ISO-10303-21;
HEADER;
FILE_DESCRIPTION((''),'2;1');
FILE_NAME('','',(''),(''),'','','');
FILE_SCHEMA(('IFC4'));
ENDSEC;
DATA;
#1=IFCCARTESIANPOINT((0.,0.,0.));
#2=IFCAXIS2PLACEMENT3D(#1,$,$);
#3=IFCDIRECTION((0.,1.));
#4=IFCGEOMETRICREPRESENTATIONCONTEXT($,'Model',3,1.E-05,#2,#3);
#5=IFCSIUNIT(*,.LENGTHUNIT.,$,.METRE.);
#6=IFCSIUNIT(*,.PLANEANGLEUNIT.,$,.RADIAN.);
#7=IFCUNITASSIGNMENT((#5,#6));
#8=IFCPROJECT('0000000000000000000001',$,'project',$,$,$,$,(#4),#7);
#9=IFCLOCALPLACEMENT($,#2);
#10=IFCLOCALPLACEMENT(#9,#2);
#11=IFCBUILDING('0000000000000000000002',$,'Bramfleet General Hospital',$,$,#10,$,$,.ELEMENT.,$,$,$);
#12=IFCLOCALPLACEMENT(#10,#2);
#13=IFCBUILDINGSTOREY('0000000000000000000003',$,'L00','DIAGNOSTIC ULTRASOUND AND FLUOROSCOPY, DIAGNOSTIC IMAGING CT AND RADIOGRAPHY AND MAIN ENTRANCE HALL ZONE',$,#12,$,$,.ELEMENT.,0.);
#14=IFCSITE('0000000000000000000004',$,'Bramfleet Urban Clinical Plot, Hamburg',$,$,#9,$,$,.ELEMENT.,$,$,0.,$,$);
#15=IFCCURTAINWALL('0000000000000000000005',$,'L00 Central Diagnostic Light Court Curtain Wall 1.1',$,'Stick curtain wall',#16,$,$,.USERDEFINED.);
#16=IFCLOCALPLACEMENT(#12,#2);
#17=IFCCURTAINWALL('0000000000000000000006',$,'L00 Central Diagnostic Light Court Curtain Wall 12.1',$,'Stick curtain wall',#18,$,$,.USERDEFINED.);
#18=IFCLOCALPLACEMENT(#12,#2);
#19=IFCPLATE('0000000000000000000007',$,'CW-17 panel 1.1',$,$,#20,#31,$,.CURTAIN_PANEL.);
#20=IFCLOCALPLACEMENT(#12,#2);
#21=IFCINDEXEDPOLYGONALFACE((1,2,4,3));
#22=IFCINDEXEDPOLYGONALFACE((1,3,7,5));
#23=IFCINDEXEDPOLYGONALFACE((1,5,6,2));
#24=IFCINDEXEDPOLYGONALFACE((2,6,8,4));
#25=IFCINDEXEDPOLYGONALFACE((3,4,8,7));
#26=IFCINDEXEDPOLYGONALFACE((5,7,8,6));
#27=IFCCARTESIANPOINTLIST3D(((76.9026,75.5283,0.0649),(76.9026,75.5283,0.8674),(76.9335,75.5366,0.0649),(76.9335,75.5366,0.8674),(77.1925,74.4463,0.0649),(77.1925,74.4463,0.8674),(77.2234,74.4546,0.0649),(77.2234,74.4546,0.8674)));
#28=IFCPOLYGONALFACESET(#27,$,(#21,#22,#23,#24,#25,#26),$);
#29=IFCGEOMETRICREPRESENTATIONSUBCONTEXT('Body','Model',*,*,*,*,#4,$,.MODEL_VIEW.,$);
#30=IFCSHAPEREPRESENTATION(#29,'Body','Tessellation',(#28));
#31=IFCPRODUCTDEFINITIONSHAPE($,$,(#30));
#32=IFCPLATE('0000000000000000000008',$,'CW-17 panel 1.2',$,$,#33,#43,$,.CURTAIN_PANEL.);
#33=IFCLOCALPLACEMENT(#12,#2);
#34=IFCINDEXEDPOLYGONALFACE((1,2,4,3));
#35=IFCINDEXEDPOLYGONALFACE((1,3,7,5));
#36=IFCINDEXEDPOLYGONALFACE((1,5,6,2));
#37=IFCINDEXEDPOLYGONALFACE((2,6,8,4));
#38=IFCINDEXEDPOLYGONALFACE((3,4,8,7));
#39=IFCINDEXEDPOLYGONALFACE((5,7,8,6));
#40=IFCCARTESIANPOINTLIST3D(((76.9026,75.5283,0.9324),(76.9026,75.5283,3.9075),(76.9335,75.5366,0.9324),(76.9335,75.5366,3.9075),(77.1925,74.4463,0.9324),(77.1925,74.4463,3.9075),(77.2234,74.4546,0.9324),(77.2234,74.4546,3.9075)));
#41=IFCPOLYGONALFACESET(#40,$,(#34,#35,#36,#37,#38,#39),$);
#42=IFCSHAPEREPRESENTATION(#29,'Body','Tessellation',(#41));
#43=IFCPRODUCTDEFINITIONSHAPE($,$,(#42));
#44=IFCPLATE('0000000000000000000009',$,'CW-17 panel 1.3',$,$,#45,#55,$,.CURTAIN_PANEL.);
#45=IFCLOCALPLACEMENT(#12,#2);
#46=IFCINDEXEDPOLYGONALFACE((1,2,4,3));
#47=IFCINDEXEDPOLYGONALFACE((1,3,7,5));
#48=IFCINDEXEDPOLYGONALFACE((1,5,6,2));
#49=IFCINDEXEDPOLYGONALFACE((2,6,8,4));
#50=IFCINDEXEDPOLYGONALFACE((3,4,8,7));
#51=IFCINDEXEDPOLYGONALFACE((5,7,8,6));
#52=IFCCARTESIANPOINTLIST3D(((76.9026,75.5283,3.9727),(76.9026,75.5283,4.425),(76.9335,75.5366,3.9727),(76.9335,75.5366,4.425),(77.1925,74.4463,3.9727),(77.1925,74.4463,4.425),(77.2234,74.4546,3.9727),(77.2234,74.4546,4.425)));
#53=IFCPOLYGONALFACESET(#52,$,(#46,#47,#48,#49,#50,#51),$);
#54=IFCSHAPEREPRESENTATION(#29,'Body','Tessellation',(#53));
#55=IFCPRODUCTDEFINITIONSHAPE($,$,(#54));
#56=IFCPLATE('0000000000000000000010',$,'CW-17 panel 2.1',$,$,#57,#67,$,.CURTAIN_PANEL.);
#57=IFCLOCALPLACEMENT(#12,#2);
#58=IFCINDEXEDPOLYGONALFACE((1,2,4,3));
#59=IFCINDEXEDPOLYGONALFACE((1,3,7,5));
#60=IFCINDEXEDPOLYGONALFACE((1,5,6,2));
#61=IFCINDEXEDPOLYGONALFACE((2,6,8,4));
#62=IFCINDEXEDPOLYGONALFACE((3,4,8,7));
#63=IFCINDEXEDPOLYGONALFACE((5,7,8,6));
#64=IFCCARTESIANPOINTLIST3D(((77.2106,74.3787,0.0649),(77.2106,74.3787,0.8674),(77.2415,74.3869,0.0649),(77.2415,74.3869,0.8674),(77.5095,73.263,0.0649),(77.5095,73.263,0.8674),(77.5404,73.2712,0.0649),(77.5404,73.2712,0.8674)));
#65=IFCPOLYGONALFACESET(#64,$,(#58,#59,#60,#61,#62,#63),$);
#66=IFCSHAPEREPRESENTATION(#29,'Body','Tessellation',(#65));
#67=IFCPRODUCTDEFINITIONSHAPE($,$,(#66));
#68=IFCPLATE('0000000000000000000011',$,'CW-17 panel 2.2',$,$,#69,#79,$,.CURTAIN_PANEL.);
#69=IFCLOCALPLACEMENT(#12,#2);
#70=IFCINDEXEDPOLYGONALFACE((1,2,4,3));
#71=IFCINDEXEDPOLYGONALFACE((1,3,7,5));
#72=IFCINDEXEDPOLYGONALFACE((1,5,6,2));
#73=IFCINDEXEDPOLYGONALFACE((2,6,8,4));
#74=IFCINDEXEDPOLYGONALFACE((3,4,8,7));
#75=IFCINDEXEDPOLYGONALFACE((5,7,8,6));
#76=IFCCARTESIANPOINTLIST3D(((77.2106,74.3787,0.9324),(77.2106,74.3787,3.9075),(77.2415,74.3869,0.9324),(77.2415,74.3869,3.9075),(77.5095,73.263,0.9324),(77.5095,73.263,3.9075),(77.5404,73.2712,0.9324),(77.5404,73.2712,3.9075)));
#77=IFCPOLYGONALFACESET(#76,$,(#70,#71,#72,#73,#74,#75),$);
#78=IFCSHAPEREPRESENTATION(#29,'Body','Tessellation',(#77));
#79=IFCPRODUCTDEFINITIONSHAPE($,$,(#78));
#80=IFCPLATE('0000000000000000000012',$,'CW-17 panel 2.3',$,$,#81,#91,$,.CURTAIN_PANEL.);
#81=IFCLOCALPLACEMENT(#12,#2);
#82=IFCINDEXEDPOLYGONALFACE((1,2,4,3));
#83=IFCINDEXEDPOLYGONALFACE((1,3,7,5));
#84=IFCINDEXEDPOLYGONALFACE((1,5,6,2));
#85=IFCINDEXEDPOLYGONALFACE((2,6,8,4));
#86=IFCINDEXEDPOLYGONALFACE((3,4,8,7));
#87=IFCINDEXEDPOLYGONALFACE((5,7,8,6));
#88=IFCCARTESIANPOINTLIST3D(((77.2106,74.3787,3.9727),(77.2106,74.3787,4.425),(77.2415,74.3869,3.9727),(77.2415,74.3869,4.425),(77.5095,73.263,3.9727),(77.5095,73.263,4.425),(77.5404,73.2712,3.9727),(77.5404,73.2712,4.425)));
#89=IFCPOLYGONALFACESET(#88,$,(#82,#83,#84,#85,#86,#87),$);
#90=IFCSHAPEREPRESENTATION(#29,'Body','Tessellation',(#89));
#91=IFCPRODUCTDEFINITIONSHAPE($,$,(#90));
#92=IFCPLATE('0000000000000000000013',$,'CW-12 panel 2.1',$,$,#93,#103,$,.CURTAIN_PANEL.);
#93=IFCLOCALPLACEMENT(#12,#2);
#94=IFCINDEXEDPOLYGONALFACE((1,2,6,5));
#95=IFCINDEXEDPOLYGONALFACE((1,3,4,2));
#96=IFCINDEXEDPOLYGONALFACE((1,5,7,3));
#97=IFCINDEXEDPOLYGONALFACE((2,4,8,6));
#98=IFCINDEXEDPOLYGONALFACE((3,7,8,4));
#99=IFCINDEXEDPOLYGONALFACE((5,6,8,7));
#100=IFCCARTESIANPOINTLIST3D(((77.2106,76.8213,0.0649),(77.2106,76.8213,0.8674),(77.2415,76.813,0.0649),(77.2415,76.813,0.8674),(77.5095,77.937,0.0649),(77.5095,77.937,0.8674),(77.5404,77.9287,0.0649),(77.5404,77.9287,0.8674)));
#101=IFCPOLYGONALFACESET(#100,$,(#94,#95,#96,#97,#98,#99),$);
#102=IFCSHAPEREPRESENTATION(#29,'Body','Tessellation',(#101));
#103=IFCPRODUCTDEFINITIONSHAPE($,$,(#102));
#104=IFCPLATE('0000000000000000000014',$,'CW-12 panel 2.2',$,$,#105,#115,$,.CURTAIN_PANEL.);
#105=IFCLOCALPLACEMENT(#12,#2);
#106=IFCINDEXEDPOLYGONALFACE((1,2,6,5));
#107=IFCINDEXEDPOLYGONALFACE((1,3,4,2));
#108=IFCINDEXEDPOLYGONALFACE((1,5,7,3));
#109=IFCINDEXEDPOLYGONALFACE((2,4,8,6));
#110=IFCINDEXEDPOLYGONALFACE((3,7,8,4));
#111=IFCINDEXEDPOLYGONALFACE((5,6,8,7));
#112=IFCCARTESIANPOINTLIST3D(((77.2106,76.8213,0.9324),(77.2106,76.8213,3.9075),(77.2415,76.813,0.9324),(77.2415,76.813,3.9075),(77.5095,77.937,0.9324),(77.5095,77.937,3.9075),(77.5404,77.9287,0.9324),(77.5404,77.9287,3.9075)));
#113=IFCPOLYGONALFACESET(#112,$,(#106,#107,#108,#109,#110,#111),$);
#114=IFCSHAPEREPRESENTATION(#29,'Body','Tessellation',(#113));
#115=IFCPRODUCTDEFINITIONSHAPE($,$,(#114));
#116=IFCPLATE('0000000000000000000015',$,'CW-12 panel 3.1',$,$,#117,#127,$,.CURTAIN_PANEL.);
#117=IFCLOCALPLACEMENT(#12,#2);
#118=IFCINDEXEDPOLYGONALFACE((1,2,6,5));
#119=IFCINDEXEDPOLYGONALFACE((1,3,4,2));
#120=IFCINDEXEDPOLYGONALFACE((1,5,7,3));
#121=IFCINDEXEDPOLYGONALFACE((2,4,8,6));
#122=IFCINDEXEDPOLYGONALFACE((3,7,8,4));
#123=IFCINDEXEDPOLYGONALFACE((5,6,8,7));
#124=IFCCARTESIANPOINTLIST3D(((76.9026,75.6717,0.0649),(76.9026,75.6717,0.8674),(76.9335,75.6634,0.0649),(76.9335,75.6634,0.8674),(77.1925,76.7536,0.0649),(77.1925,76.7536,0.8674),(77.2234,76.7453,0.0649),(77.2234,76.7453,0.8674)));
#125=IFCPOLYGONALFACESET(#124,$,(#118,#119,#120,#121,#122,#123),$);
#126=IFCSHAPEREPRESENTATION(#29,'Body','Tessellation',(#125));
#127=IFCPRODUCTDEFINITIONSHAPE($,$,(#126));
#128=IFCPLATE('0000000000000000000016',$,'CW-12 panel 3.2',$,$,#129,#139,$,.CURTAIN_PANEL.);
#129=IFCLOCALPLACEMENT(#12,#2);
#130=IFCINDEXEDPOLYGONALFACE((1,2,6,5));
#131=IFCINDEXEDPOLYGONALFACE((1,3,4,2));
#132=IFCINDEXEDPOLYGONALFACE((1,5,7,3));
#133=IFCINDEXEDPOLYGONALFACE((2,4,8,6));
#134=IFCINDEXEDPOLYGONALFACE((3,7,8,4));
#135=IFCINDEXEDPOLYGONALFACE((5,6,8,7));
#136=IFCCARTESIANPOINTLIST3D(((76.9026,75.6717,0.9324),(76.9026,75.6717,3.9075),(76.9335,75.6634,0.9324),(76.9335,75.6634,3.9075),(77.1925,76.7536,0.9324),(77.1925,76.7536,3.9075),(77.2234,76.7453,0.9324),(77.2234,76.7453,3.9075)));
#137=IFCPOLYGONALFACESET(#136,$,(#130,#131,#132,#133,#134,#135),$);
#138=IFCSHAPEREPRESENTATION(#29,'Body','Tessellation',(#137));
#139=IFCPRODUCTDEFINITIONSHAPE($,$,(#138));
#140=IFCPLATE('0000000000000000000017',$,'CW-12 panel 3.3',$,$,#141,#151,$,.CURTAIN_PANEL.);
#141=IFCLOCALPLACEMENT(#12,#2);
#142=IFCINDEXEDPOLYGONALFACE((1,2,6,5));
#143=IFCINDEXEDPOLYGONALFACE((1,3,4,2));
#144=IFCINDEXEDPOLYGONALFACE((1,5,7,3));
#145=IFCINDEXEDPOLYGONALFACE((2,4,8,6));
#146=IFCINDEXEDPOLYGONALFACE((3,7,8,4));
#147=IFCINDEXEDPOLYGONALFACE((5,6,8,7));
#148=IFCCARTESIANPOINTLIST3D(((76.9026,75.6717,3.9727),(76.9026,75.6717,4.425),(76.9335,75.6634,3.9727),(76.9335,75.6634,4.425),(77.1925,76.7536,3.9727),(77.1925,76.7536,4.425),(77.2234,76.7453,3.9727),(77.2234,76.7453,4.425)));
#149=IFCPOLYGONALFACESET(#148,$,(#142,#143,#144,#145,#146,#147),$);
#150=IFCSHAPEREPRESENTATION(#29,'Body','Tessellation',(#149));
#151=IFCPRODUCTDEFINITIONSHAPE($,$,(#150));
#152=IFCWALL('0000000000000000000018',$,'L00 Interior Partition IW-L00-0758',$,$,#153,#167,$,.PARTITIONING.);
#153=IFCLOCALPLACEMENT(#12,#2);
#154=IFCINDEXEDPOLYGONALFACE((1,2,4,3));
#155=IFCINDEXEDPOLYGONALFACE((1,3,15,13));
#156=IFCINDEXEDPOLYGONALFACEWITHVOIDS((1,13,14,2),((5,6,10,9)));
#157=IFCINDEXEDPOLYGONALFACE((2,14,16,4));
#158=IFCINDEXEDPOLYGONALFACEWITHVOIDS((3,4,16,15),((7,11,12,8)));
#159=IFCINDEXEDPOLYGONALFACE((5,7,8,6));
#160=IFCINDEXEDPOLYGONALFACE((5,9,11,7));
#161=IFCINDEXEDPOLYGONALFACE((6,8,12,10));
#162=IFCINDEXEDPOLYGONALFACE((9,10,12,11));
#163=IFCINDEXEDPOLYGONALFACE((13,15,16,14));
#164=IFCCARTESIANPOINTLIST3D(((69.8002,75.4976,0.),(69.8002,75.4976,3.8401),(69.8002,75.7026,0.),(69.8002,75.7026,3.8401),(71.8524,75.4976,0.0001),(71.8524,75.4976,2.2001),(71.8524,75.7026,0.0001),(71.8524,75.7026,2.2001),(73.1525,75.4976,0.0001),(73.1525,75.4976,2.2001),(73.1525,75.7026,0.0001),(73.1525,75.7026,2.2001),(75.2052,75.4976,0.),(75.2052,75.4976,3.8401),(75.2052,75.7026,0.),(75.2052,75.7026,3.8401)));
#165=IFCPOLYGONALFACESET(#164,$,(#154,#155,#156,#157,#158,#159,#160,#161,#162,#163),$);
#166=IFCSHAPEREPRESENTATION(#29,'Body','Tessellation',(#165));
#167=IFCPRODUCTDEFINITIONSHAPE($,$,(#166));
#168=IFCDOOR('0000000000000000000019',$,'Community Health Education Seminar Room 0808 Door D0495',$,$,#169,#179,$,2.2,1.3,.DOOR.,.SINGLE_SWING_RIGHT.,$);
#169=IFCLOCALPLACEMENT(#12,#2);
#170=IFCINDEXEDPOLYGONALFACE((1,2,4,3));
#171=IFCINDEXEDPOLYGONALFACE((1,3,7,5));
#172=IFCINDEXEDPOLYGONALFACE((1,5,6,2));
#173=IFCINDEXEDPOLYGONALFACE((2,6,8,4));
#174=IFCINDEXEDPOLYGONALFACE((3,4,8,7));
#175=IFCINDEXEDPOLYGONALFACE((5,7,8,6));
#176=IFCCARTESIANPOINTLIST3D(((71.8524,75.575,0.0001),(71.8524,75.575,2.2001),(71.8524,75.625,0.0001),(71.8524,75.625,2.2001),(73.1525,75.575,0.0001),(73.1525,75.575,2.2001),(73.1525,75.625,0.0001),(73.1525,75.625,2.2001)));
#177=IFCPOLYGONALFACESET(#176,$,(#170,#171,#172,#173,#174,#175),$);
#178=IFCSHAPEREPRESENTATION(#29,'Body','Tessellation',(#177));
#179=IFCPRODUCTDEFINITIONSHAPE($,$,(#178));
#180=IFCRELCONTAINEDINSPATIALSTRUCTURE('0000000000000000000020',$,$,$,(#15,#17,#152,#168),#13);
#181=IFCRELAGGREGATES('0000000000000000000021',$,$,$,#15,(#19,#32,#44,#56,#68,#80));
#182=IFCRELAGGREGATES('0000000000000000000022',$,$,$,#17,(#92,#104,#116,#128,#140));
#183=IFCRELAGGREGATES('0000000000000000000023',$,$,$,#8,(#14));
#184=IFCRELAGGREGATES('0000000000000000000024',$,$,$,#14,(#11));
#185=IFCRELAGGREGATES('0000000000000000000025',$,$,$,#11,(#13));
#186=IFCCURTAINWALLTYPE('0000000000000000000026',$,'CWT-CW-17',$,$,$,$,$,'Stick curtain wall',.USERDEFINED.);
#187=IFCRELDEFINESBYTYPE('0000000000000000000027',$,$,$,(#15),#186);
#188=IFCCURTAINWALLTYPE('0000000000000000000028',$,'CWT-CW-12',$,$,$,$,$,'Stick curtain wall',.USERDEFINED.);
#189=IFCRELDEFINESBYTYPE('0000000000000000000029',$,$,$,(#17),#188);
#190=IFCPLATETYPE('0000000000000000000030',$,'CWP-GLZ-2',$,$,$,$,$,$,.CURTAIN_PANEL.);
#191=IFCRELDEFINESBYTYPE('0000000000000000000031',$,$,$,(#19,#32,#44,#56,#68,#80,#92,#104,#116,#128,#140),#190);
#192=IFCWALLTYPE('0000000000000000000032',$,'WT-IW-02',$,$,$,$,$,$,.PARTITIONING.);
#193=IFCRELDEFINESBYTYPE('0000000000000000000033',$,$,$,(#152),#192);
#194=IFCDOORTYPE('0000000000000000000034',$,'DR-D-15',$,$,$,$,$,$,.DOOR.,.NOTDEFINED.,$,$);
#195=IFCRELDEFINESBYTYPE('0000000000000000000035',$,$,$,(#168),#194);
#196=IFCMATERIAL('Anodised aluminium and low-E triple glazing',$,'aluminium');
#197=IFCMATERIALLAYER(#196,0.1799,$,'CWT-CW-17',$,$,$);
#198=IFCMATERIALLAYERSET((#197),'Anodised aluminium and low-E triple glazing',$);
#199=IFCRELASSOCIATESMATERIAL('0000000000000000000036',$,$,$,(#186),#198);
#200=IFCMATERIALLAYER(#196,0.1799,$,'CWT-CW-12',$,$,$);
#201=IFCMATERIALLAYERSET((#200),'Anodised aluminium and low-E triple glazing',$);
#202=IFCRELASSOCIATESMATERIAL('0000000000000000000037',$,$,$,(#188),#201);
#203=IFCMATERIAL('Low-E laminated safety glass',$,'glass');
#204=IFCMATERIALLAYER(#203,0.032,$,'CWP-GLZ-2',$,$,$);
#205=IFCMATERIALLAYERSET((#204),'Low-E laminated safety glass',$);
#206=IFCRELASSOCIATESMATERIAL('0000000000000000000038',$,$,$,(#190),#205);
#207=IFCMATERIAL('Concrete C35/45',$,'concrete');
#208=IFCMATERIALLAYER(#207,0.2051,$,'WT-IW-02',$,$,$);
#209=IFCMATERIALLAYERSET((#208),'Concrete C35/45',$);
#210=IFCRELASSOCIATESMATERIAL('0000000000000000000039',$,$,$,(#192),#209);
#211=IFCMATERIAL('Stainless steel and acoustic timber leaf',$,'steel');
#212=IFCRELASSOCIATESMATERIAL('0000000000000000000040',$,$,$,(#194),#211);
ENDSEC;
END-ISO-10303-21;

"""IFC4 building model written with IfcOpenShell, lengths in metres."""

from ifc_helpers import new_model, si_unit, direction, frame, frame_2d, origin, origin_2d, place, context, subcontext, project, spatial, rectangle, extrude, material, layer, layer_set, type_object, element, fill, aggregate, save


model = new_model("IFC4")

# Units and contexts
model_context = context("Model", 3, precision=1e-05, world=origin(), true_north=direction((0.0, 1.0)))
body_context = subcontext(model_context, "Body", "Model", "MODEL_VIEW")
ifc_project = project(units=[si_unit("LENGTHUNIT", "METRE"), si_unit("PLANEANGLEUNIT", "RADIAN")], contexts=[model_context])

# Site, building, storey
site_placement = place(None, origin())
site = spatial("IfcSite", under=ifc_project, at=site_placement, Name="Bramfleet Urban Clinical Plot, Hamburg", CompositionType="ELEMENT", RefElevation=0.0)
building_placement = place(site_placement, origin())
building = spatial("IfcBuilding", under=site, at=building_placement, Name="Bramfleet General Hospital", CompositionType="ELEMENT")
storey_placement = place(building_placement, origin())
storey = spatial("IfcBuildingStorey", under=building, at=storey_placement, Name="L00", Description="DIAGNOSTIC ULTRASOUND AND FLUOROSCOPY, DIAGNOSTIC IMAGING CT AND RADIOGRAPHY AND MAIN ENTRANCE HALL ZONE", CompositionType="ELEMENT", Elevation=0.0)

# Shared definitions
ifc_material_1 = material(Name="Concrete C35/45", Category="concrete")

# Curtain walls
ifc_material_2 = material(Name="Anodised aluminium and low-E triple glazing", Category="aluminium")
ifc_layer_1 = layer(ifc_material_2, 0.1799, Name="CWT-CW-17")
ifc_layer_set_1 = layer_set([ifc_layer_1], Name="Anodised aluminium and low-E triple glazing")
curtain_wall_type_1 = type_object("IfcCurtainWallType", Name="CWT-CW-17", ElementType="Stick curtain wall", PredefinedType="USERDEFINED", material=ifc_layer_set_1)
curtain_wall_1_placement = place(storey_placement, origin())
curtain_wall_1 = element("IfcCurtainWall", 1, at=curtain_wall_1_placement, inside=storey, type_object=curtain_wall_type_1, Name="L00 Central Diagnostic Light Court Curtain Wall 1.1", ObjectType="Stick curtain wall", PredefinedType="USERDEFINED")
ifc_layer_2 = layer(ifc_material_2, 0.1799, Name="CWT-CW-12")
ifc_layer_set_2 = layer_set([ifc_layer_2], Name="Anodised aluminium and low-E triple glazing")
curtain_wall_type_2 = type_object("IfcCurtainWallType", Name="CWT-CW-12", ElementType="Stick curtain wall", PredefinedType="USERDEFINED", material=ifc_layer_set_2)
curtain_wall_2_placement = place(storey_placement, origin())
curtain_wall_2 = element("IfcCurtainWall", 2, at=curtain_wall_2_placement, inside=storey, type_object=curtain_wall_type_2, Name="L00 Central Diagnostic Light Court Curtain Wall 12.1", ObjectType="Stick curtain wall", PredefinedType="USERDEFINED")

# Plates
ifc_material_3 = material(Name="Low-E laminated safety glass", Category="glass")
ifc_layer_3 = layer(ifc_material_3, 0.032, Name="CWP-GLZ-2")
ifc_layer_set_3 = layer_set([ifc_layer_3], Name="Low-E laminated safety glass")
plate_type = type_object("IfcPlateType", Name="CWP-GLZ-2", PredefinedType="CURTAIN_PANEL", material=ifc_layer_set_3)
plate_1_placement = place(storey_placement, frame((77.063, 74.9915, 0.0649), z_axis=(0.0, 0.0, 1.0), x_axis=(0.258763, -0.965941, 0.0)))
plate_1 = element("IfcPlate", 3, at=plate_1_placement, type_object=plate_type, Name="CW-17 panel 1.1", PredefinedType="CURTAIN_PANEL", context=body_context, shape_type="SweptSolid", body=[
    extrude(rectangle(XDim=1.1201, YDim=0.032, at=origin_2d()), origin(), (0.0, 0.0, 1.0), 0.8025),
])
plate_2_placement = place(storey_placement, frame((77.063, 74.9915, 0.9324), z_axis=(0.0, 0.0, 1.0), x_axis=(0.258763, -0.965941, 0.0)))
plate_2 = element("IfcPlate", 4, at=plate_2_placement, type_object=plate_type, Name="CW-17 panel 1.2", PredefinedType="CURTAIN_PANEL", context=body_context, shape_type="SweptSolid", body=[
    extrude(rectangle(XDim=1.1201, YDim=0.032, at=origin_2d()), origin(), (0.0, 0.0, 1.0), 2.9751),
])
plate_3_placement = place(storey_placement, frame((77.063, 74.9915, 3.9727), z_axis=(0.0, 0.0, 1.0), x_axis=(0.258763, -0.965941, 0.0)))
plate_3 = element("IfcPlate", 5, at=plate_3_placement, type_object=plate_type, Name="CW-17 panel 1.3", PredefinedType="CURTAIN_PANEL", context=body_context, shape_type="SweptSolid", body=[
    extrude(rectangle(XDim=1.1201, YDim=0.032, at=origin_2d()), origin(), (0.0, 0.0, 1.0), 0.4524),
])
plate_4_placement = place(storey_placement, frame((77.3755, 73.825, 0.0649), z_axis=(0.0, 0.0, 1.0), x_axis=(0.258763, -0.965941, 0.0)))
plate_4 = element("IfcPlate", 6, at=plate_4_placement, type_object=plate_type, Name="CW-17 panel 2.1", PredefinedType="CURTAIN_PANEL", context=body_context, shape_type="SweptSolid", body=[
    extrude(rectangle(XDim=1.155, YDim=0.032, at=origin_2d()), origin(), (0.0, 0.0, 1.0), 0.8025),
])
plate_5_placement = place(storey_placement, frame((77.3755, 73.825, 0.9324), z_axis=(0.0, 0.0, 1.0), x_axis=(0.258763, -0.965941, 0.0)))
plate_5 = element("IfcPlate", 7, at=plate_5_placement, type_object=plate_type, Name="CW-17 panel 2.2", PredefinedType="CURTAIN_PANEL", context=body_context, shape_type="SweptSolid", body=[
    extrude(rectangle(XDim=1.155, YDim=0.032, at=origin_2d()), origin(), (0.0, 0.0, 1.0), 2.9751),
])
plate_6_placement = place(storey_placement, frame((77.3755, 73.825, 3.9727), z_axis=(0.0, 0.0, 1.0), x_axis=(0.258763, -0.965941, 0.0)))
plate_6 = element("IfcPlate", 8, at=plate_6_placement, type_object=plate_type, Name="CW-17 panel 2.3", PredefinedType="CURTAIN_PANEL", context=body_context, shape_type="SweptSolid", body=[
    extrude(rectangle(XDim=1.155, YDim=0.032, at=origin_2d()), origin(), (0.0, 0.0, 1.0), 0.4524),
])
aggregate(curtain_wall_1, [plate_1, plate_2, plate_3, plate_4, plate_5, plate_6])
plate_7_placement = place(storey_placement, frame((77.3755, 77.375, 0.0649), z_axis=(0.0, 0.0, 1.0), x_axis=(-0.258763, -0.965941, 0.0)))
plate_7 = element("IfcPlate", 9, at=plate_7_placement, type_object=plate_type, Name="CW-12 panel 2.1", PredefinedType="CURTAIN_PANEL", context=body_context, shape_type="SweptSolid", body=[
    extrude(rectangle(XDim=1.155, YDim=0.032, at=origin_2d()), origin(), (0.0, 0.0, 1.0), 0.8025),
])
plate_8_placement = place(storey_placement, frame((77.3755, 77.375, 0.9324), z_axis=(0.0, 0.0, 1.0), x_axis=(-0.258763, -0.965941, 0.0)))
plate_8 = element("IfcPlate", 10, at=plate_8_placement, type_object=plate_type, Name="CW-12 panel 2.2", PredefinedType="CURTAIN_PANEL", context=body_context, shape_type="SweptSolid", body=[
    extrude(rectangle(XDim=1.155, YDim=0.032, at=origin_2d()), origin(), (0.0, 0.0, 1.0), 2.9751),
])
plate_9_placement = place(storey_placement, frame((77.063, 76.2085, 0.0649), z_axis=(0.0, 0.0, 1.0), x_axis=(-0.258763, -0.965941, 0.0)))
plate_9 = element("IfcPlate", 11, at=plate_9_placement, type_object=plate_type, Name="CW-12 panel 3.1", PredefinedType="CURTAIN_PANEL", context=body_context, shape_type="SweptSolid", body=[
    extrude(rectangle(XDim=1.1201, YDim=0.032, at=origin_2d()), origin(), (0.0, 0.0, 1.0), 0.8025),
])
plate_10_placement = place(storey_placement, frame((77.063, 76.2085, 0.9324), z_axis=(0.0, 0.0, 1.0), x_axis=(-0.258763, -0.965941, 0.0)))
plate_10 = element("IfcPlate", 12, at=plate_10_placement, type_object=plate_type, Name="CW-12 panel 3.2", PredefinedType="CURTAIN_PANEL", context=body_context, shape_type="SweptSolid", body=[
    extrude(rectangle(XDim=1.1201, YDim=0.032, at=origin_2d()), origin(), (0.0, 0.0, 1.0), 2.9751),
])
plate_11_placement = place(storey_placement, frame((77.063, 76.2085, 3.9727), z_axis=(0.0, 0.0, 1.0), x_axis=(-0.258763, -0.965941, 0.0)))
plate_11 = element("IfcPlate", 13, at=plate_11_placement, type_object=plate_type, Name="CW-12 panel 3.3", PredefinedType="CURTAIN_PANEL", context=body_context, shape_type="SweptSolid", body=[
    extrude(rectangle(XDim=1.1201, YDim=0.032, at=origin_2d()), origin(), (0.0, 0.0, 1.0), 0.4524),
])
aggregate(curtain_wall_2, [plate_7, plate_8, plate_9, plate_10, plate_11])

# Wall, opening, door
ifc_layer_4 = layer(ifc_material_1, 0.2051, Name="WT-IW-02")
ifc_layer_set_4 = layer_set([ifc_layer_4], Name="Concrete C35/45")
wall_type = type_object("IfcWallType", Name="WT-IW-02", PredefinedType="PARTITIONING", material=ifc_layer_set_4)
wall_placement = place(storey_placement, frame((69.8, 75.6001, 0.0), z_axis=(0.0, 0.0, 1.0), x_axis=(1.0, 0.0, 0.0)))
wall = element("IfcWall", 14, at=wall_placement, inside=storey, type_object=wall_type, Name="L00 Interior Partition IW-L00-0758", PredefinedType="PARTITIONING", context=body_context, shape_type="SweptSolid", body=[
    extrude(rectangle(XDim=5.405, YDim=0.2051, at=frame_2d((2.7026, 0.0))), origin(), (0.0, 0.0, 1.0), 3.8401),
])
opening_placement = place(wall_placement, frame((2.0525, 0.0, 0.0)))
opening = element("IfcOpeningElement", 15, at=opening_placement, cuts=wall, PredefinedType="OPENING", context=body_context, shape_type="SweptSolid", body=[
    extrude(rectangle(XDim=1.3, YDim=2.2, at=frame_2d((0.6499, 1.1001))), frame((0.0, 0.1125, 0.0), z_axis=(0.0, -1.0, 0.0), x_axis=(1.0, 0.0, 0.0)), (0.0, 0.0, 1.0), 0.2251),
])
ifc_material_4 = material(Name="Stainless steel and acoustic timber leaf", Category="steel")
door_type = type_object("IfcDoorType", Name="DR-D-15", OperationType="NOTDEFINED", PredefinedType="DOOR", material=ifc_material_4)
door_placement = place(opening_placement, origin())
door = element("IfcDoor", 16, at=door_placement, inside=storey, type_object=door_type, Name="Community Health Education Seminar Room 0808 Door D0495", OperationType="SINGLE_SWING_RIGHT", OverallHeight=2.2, OverallWidth=1.3, PredefinedType="DOOR", context=body_context, shape_type="SweptSolid", body=[
    extrude(rectangle(XDim=1.3, YDim=2.2, at=frame_2d((0.6499, 1.1001))), frame((0.0, 0.0249, 0.0), z_axis=(0.0, -1.0, 0.0), x_axis=(1.0, 0.0, 0.0)), (0.0, 0.0, 1.0), 0.05),
])
fill(opening, door)

save(model, "model.ifc")
